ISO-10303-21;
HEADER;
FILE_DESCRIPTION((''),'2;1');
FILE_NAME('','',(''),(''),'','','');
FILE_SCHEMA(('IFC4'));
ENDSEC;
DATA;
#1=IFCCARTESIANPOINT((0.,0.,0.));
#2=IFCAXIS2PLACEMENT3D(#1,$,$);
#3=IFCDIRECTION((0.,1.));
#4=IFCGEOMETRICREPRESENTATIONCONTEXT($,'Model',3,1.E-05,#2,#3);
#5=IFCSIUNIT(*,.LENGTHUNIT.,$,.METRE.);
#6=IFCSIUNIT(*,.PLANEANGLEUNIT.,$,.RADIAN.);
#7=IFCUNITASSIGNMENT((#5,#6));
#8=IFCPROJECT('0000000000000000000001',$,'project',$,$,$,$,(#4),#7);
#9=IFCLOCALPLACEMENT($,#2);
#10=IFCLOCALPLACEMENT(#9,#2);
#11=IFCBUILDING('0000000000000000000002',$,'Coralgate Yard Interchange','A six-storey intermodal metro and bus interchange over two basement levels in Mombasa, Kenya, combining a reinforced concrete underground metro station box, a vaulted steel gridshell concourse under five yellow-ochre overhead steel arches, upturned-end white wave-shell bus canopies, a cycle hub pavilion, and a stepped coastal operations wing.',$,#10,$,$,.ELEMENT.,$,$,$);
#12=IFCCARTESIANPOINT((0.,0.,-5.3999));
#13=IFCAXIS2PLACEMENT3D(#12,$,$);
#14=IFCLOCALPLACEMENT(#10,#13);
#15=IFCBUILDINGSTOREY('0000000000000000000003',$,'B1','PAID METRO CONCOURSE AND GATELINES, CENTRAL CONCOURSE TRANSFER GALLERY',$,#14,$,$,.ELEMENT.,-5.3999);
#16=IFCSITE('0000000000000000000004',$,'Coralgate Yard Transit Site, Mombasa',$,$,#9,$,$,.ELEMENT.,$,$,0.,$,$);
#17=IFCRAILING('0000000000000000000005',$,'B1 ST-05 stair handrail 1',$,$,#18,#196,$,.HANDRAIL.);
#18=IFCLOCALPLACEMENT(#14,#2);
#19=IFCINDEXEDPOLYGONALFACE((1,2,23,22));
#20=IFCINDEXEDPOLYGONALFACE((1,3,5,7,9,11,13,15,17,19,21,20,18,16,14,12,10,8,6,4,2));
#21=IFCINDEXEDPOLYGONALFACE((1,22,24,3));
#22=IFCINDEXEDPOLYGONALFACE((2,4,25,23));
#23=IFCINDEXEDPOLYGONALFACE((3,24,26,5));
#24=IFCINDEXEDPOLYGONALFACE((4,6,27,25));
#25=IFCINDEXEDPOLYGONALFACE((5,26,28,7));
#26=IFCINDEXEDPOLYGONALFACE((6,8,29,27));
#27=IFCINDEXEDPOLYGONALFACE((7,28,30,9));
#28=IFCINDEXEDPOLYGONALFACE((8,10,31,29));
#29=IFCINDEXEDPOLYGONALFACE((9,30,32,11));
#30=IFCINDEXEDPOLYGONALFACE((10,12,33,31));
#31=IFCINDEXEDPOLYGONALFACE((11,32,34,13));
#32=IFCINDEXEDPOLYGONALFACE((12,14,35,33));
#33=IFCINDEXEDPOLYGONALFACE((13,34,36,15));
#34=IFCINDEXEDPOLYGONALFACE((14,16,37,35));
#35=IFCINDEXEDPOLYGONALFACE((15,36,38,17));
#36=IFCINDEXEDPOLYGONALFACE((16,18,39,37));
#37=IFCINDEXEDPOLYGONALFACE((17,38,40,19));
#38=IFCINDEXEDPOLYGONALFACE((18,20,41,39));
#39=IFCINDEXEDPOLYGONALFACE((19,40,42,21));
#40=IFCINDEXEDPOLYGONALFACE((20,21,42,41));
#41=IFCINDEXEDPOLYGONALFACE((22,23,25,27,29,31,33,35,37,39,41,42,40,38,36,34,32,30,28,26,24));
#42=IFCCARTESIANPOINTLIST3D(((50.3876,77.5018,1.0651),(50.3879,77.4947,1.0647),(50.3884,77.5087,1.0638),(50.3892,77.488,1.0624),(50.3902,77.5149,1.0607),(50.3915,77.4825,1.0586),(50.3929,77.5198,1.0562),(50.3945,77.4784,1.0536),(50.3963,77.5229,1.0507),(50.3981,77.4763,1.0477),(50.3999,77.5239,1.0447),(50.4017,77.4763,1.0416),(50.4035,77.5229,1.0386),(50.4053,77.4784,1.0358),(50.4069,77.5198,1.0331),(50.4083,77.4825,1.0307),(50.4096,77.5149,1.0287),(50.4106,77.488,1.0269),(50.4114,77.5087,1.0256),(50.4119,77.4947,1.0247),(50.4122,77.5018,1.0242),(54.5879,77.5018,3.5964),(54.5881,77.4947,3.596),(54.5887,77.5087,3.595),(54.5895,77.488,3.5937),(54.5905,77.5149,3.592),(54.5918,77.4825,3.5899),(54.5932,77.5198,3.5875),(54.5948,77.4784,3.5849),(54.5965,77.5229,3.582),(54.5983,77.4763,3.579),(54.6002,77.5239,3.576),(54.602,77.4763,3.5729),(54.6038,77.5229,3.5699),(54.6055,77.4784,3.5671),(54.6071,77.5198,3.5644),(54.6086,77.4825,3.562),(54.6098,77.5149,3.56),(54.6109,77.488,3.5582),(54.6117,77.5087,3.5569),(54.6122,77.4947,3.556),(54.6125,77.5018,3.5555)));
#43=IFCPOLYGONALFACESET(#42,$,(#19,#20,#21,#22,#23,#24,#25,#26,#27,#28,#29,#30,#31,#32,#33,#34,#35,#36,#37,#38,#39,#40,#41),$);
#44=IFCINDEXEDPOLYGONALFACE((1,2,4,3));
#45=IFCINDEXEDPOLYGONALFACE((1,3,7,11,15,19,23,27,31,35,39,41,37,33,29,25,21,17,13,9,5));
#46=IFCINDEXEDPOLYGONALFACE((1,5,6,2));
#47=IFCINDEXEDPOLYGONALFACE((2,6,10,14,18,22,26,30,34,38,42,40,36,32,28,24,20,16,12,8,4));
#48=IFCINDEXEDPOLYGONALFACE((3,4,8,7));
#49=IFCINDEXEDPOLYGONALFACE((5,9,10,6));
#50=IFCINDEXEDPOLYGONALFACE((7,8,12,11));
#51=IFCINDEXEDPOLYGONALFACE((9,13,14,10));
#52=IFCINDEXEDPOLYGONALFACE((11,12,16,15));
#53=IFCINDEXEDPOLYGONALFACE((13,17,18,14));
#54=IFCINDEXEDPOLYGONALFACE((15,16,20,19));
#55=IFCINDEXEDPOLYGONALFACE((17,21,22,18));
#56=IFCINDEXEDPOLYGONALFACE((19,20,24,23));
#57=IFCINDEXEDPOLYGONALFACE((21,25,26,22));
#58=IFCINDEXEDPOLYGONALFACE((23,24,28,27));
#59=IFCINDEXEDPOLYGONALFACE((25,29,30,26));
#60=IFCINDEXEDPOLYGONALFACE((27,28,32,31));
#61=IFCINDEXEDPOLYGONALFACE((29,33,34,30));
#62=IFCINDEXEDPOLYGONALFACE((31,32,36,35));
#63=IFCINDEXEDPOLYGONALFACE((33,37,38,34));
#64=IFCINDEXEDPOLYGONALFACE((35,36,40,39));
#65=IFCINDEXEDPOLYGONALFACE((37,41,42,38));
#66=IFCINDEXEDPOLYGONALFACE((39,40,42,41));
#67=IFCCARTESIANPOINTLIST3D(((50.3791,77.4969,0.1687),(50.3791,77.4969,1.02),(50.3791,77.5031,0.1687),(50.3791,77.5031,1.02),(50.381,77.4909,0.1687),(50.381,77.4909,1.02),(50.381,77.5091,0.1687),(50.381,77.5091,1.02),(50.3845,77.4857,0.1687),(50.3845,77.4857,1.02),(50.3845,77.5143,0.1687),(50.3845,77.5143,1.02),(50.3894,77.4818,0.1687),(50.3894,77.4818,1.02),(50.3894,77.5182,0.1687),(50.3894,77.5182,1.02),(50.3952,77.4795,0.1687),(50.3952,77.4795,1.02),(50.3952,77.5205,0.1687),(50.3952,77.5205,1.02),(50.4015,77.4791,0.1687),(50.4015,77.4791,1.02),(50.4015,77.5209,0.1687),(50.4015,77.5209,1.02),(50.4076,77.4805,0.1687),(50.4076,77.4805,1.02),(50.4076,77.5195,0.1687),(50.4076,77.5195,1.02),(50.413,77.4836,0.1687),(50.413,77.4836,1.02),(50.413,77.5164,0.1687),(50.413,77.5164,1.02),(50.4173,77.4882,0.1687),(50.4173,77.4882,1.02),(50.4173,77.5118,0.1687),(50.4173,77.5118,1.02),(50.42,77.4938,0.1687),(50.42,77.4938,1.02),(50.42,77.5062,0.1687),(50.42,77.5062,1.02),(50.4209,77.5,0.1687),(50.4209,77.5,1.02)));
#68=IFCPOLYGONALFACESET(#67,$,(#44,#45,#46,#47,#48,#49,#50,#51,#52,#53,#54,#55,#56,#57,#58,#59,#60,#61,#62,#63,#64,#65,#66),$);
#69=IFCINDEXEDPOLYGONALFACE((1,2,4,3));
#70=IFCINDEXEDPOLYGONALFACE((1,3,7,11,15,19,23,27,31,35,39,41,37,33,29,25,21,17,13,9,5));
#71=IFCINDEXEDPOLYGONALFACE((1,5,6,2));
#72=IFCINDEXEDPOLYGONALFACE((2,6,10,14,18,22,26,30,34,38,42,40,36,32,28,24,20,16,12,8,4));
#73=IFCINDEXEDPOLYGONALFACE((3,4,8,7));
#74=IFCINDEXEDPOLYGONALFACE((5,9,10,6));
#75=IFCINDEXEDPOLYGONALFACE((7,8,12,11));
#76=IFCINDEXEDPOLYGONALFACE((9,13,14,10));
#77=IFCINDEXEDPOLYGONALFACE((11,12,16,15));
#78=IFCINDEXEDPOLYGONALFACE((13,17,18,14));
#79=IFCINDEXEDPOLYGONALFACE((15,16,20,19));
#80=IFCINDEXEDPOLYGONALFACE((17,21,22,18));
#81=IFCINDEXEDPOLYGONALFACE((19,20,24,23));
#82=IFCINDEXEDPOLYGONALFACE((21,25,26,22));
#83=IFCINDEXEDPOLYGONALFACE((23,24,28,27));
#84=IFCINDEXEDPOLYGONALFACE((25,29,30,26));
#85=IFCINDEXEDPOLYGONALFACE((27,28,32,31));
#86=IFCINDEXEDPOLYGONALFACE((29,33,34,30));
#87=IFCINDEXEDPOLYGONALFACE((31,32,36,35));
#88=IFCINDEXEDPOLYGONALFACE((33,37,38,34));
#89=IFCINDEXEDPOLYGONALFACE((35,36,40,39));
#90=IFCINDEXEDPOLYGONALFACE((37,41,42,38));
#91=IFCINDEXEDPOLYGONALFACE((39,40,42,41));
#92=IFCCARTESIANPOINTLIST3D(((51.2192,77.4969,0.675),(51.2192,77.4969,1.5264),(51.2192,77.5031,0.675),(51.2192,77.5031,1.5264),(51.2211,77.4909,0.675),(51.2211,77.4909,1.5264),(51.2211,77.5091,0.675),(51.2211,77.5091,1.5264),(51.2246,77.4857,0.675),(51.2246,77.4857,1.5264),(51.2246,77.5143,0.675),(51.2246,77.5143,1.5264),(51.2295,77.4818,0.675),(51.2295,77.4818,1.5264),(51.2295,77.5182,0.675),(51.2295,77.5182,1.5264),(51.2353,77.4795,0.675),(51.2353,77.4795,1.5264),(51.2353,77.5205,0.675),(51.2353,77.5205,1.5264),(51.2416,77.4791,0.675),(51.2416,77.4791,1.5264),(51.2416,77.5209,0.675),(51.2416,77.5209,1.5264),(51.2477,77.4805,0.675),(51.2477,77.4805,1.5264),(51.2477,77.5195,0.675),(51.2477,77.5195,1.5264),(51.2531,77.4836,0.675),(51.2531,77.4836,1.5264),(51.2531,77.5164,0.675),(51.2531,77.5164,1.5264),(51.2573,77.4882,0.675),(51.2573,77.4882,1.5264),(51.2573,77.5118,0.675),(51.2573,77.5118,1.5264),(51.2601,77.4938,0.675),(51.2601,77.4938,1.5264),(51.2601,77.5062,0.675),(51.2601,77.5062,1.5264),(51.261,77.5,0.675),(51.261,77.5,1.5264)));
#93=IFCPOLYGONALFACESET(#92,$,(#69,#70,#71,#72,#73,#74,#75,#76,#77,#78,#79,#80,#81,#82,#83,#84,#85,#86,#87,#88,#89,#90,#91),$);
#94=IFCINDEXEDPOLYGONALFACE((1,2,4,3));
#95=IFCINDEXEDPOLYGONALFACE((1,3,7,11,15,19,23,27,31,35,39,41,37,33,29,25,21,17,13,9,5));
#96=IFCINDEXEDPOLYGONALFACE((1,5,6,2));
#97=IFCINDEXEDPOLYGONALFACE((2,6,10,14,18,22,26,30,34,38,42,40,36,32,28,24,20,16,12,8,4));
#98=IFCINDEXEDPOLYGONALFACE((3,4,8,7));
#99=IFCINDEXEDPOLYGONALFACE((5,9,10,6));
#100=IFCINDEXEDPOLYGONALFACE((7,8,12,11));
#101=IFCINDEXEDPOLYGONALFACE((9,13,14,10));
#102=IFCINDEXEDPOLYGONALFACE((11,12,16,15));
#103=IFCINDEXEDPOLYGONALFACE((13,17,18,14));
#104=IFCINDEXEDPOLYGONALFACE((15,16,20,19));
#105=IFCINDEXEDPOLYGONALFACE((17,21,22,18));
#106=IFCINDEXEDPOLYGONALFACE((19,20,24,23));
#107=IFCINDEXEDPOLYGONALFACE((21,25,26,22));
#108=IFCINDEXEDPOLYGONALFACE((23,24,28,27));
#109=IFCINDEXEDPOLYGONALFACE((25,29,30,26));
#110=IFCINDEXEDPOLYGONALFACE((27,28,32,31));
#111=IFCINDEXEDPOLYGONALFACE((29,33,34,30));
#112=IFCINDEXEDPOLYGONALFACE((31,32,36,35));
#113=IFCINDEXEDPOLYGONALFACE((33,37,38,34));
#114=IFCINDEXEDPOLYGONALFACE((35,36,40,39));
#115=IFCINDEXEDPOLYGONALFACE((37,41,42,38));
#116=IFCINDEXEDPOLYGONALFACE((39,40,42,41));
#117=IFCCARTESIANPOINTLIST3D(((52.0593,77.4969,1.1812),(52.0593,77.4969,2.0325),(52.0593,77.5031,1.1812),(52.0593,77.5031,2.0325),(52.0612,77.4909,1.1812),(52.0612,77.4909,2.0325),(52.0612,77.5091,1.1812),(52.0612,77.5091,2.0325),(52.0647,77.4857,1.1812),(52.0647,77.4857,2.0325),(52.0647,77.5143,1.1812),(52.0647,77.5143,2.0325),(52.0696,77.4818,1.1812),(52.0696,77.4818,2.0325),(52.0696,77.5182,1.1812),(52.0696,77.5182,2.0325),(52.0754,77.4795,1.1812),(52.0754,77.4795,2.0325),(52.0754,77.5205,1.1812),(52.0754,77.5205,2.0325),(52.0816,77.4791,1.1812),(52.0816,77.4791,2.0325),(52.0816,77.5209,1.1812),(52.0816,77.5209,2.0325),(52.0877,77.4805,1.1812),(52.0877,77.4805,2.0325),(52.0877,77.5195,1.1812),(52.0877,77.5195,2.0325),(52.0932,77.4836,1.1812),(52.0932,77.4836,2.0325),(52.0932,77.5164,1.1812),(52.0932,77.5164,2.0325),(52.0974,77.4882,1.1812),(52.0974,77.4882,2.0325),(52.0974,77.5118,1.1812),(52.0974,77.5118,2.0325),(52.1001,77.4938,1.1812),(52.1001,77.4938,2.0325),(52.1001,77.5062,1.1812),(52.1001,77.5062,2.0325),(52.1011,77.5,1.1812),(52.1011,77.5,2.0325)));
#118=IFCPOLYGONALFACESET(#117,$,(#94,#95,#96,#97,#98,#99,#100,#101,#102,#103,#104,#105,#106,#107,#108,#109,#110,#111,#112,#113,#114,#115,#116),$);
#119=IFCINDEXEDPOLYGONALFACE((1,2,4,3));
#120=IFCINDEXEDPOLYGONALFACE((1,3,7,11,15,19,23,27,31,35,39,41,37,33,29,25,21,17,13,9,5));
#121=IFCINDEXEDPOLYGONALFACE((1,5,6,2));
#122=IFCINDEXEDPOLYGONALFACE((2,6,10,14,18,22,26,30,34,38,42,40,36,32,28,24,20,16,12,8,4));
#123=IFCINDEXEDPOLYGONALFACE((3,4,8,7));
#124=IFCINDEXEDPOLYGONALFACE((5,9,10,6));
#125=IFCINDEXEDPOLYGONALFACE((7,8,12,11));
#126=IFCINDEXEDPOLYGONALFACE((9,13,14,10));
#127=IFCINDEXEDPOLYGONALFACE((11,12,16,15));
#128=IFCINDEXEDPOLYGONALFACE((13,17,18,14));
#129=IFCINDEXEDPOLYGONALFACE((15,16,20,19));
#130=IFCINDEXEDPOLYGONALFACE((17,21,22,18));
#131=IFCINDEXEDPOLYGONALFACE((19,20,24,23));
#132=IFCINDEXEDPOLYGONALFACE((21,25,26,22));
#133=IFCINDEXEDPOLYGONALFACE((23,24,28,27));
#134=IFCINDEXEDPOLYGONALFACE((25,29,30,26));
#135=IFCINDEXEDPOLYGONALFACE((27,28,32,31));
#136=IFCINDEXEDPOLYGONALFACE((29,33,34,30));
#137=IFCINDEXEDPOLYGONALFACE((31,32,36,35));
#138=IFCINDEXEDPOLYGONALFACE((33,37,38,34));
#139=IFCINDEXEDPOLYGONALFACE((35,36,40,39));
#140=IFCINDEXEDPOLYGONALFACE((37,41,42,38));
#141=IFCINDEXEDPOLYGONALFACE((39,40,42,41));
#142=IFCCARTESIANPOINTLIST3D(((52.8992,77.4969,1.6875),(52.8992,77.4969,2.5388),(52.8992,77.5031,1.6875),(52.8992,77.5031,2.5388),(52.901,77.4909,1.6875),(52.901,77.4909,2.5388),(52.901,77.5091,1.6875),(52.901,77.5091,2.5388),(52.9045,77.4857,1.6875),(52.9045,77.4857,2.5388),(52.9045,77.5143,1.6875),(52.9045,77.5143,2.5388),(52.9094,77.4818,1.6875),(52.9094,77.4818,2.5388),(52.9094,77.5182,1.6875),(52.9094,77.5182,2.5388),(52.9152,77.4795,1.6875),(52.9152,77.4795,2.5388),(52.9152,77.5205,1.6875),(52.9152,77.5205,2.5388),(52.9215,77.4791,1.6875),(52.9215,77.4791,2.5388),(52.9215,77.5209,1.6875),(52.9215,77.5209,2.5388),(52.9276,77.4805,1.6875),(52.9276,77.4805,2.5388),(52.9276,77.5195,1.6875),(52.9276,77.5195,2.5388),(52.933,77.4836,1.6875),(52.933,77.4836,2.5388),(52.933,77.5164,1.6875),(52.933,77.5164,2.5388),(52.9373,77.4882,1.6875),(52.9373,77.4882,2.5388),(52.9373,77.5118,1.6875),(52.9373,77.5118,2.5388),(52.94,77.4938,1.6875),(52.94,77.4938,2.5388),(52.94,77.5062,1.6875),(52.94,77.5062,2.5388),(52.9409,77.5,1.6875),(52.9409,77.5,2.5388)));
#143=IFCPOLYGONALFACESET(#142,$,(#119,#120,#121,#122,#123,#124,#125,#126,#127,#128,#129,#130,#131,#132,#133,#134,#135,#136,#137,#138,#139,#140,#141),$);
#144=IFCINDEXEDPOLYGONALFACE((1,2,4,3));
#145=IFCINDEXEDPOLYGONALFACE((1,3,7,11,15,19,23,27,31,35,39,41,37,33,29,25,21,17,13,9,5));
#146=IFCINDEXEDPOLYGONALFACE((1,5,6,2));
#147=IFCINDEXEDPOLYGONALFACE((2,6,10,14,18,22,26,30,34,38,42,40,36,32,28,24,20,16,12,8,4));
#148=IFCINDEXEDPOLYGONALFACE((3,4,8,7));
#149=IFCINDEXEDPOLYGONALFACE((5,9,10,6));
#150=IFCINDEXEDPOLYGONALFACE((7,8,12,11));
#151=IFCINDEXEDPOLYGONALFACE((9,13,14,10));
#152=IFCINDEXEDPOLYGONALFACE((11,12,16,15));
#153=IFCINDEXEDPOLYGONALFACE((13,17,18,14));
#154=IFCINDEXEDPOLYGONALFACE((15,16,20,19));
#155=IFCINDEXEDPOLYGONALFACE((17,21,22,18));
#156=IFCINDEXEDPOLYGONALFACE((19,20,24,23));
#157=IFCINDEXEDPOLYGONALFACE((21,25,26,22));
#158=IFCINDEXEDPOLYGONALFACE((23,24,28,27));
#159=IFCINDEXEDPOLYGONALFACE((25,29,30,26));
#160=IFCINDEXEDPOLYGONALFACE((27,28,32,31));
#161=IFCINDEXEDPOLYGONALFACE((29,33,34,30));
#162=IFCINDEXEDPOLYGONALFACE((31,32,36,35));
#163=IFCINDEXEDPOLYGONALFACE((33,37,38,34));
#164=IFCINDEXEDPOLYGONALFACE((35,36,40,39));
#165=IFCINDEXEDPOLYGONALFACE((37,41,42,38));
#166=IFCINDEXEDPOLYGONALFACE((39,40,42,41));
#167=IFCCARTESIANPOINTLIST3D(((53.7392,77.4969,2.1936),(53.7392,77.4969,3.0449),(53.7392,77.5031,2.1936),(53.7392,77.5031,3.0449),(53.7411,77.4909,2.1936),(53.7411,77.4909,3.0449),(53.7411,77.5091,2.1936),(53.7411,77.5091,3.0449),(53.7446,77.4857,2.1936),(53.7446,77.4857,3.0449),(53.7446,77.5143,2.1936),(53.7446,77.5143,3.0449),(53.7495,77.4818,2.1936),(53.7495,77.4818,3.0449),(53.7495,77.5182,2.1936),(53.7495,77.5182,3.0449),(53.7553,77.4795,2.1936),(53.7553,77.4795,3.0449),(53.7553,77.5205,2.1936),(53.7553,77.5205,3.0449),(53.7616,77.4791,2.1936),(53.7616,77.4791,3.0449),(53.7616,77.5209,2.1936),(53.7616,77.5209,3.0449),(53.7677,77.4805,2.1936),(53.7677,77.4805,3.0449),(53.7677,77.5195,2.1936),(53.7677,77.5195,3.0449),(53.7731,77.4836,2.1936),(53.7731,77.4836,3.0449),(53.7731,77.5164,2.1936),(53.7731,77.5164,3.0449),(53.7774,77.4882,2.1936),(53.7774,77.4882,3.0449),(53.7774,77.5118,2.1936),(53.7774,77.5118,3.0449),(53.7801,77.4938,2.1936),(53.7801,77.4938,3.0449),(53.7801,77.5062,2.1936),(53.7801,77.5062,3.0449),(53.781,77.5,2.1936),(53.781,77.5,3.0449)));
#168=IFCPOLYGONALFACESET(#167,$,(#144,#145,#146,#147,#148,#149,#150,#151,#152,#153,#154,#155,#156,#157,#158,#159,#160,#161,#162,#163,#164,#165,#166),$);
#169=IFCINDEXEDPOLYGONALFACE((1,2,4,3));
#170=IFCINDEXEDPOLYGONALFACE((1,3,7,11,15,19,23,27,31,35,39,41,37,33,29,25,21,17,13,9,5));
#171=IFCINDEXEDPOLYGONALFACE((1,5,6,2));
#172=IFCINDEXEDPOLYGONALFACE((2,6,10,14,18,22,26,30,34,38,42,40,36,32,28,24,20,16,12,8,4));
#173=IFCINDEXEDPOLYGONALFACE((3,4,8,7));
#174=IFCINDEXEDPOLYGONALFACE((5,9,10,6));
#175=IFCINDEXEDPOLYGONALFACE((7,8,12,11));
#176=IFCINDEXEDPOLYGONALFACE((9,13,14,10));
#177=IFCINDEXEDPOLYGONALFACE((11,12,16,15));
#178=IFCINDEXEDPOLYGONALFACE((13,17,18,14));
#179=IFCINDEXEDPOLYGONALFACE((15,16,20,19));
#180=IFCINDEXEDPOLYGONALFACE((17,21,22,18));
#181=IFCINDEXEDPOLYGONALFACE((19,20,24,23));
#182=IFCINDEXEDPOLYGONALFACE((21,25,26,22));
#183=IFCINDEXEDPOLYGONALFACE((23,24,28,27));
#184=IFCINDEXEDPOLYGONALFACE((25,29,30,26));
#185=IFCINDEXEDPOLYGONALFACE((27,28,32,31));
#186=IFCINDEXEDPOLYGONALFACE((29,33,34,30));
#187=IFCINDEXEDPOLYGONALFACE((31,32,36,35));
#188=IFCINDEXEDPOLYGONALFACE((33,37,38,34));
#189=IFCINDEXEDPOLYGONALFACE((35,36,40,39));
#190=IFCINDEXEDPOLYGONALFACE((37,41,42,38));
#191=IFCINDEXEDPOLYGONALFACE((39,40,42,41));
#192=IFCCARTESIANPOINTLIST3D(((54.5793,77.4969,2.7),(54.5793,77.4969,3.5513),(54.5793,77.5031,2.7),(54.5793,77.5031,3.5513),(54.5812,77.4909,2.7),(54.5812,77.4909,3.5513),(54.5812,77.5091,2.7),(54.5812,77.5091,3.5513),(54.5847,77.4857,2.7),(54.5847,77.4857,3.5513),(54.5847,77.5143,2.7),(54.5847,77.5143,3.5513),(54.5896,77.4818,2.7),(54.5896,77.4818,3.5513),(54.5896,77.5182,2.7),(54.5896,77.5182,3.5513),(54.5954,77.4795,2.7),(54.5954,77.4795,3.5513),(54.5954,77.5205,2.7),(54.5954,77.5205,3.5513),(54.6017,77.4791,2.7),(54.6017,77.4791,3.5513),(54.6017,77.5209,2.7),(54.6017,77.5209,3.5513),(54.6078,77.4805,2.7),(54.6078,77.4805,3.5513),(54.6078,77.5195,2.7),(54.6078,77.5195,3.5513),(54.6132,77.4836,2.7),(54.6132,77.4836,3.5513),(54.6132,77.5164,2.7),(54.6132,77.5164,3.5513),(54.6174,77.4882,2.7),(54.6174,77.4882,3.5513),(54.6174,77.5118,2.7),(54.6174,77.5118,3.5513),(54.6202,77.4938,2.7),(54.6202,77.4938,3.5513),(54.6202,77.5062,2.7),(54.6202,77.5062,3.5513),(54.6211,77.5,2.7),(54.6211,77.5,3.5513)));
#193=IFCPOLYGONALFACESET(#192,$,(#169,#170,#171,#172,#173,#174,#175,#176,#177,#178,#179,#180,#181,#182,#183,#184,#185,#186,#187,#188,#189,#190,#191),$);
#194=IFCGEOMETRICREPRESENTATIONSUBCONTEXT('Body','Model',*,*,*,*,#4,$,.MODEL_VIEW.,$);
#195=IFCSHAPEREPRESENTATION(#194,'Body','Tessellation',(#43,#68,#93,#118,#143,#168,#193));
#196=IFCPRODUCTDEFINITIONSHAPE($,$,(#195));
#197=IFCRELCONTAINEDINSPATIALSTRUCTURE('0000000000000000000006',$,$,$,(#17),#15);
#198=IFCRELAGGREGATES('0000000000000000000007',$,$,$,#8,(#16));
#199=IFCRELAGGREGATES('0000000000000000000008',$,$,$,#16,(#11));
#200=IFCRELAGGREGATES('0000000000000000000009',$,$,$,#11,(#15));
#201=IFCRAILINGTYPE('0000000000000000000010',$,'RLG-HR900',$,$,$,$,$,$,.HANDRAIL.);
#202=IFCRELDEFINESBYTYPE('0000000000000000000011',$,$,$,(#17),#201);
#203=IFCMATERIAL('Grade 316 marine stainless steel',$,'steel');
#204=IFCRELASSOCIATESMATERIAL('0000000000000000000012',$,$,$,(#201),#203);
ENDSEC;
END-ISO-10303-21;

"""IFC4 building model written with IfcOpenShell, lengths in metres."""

from ifc_helpers import new_model, si_unit, direction, frame, origin, origin_2d, place, context, subcontext, project, spatial, circle, extrude, material, type_object, element, save


model = new_model("IFC4")

# Units and contexts
model_context = context("Model", 3, precision=1e-05, world=origin(), true_north=direction((0.0, 1.0)))
body_context = subcontext(model_context, "Body", "Model", "MODEL_VIEW")
ifc_project = project(units=[si_unit("LENGTHUNIT", "METRE"), si_unit("PLANEANGLEUNIT", "RADIAN")], contexts=[model_context])

# Site, building, storey
site_placement = place(None, origin())
site = spatial("IfcSite", under=ifc_project, at=site_placement, Name="Coralgate Yard Transit Site, Mombasa", CompositionType="ELEMENT", RefElevation=0.0)
building_placement = place(site_placement, origin())
building = spatial("IfcBuilding", under=site, at=building_placement, Name="Coralgate Yard Interchange", Description="A six-storey intermodal metro and bus interchange over two basement levels in Mombasa, Kenya, combining a reinforced concrete underground metro station box, a vaulted steel gridshell concourse under five yellow-ochre overhead steel arches, upturned-end white wave-shell bus canopies, a cycle hub pavilion, and a stepped coastal operations wing.", CompositionType="ELEMENT")
storey_placement = place(building_placement, frame((0.0, 0.0, -5.3999)))
storey = spatial("IfcBuildingStorey", under=building, at=storey_placement, Name="B1", Description="PAID METRO CONCOURSE AND GATELINES, CENTRAL CONCOURSE TRANSFER GALLERY", CompositionType="ELEMENT", Elevation=-5.3999)

# Railing
ifc_material_1 = material(Name="Grade 316 marine stainless steel", Category="steel")
railing_type_1 = type_object("IfcRailingType", Name="RLG-HR900", PredefinedType="HANDRAIL", material=ifc_material_1)
railing_1_placement = place(storey_placement, frame((50.3999, 77.5, 0.1687)))
element("IfcRailing", 1, at=railing_1_placement, inside=storey, type_object=railing_type_1, Name="B1 ST-05 stair handrail 1", PredefinedType="HANDRAIL", context=body_context, shape_type="SweptSolid", body=[
    extrude(circle(Radius=0.0239, at=origin_2d()), frame((0.0, 0.0, 0.876), z_axis=(0.85649, 0.0, 0.516164), x_axis=(0.0, 1.0, 0.0)), (0.0, 0.0, 1.0), 4.9041),
    extrude(circle(Radius=0.021, at=origin_2d()), origin(), (0.0, 0.0, 1.0), 0.8513),
    extrude(circle(Radius=0.021, at=origin_2d()), frame((0.8401, 0.0, 0.5063)), (0.0, 0.0, 1.0), 0.8513),
    extrude(circle(Radius=0.021, at=origin_2d()), frame((1.6802, 0.0, 1.0125)), (0.0, 0.0, 1.0), 0.8513),
    extrude(circle(Radius=0.021, at=origin_2d()), frame((2.52, 0.0, 1.5188)), (0.0, 0.0, 1.0), 0.8513),
    extrude(circle(Radius=0.021, at=origin_2d()), frame((3.3601, 0.0, 2.0249)), (0.0, 0.0, 1.0), 0.8513),
    extrude(circle(Radius=0.021, at=origin_2d()), frame((4.2002, 0.0, 2.5312)), (0.0, 0.0, 1.0), 0.8513),
])

save(model, "model.ifc")
